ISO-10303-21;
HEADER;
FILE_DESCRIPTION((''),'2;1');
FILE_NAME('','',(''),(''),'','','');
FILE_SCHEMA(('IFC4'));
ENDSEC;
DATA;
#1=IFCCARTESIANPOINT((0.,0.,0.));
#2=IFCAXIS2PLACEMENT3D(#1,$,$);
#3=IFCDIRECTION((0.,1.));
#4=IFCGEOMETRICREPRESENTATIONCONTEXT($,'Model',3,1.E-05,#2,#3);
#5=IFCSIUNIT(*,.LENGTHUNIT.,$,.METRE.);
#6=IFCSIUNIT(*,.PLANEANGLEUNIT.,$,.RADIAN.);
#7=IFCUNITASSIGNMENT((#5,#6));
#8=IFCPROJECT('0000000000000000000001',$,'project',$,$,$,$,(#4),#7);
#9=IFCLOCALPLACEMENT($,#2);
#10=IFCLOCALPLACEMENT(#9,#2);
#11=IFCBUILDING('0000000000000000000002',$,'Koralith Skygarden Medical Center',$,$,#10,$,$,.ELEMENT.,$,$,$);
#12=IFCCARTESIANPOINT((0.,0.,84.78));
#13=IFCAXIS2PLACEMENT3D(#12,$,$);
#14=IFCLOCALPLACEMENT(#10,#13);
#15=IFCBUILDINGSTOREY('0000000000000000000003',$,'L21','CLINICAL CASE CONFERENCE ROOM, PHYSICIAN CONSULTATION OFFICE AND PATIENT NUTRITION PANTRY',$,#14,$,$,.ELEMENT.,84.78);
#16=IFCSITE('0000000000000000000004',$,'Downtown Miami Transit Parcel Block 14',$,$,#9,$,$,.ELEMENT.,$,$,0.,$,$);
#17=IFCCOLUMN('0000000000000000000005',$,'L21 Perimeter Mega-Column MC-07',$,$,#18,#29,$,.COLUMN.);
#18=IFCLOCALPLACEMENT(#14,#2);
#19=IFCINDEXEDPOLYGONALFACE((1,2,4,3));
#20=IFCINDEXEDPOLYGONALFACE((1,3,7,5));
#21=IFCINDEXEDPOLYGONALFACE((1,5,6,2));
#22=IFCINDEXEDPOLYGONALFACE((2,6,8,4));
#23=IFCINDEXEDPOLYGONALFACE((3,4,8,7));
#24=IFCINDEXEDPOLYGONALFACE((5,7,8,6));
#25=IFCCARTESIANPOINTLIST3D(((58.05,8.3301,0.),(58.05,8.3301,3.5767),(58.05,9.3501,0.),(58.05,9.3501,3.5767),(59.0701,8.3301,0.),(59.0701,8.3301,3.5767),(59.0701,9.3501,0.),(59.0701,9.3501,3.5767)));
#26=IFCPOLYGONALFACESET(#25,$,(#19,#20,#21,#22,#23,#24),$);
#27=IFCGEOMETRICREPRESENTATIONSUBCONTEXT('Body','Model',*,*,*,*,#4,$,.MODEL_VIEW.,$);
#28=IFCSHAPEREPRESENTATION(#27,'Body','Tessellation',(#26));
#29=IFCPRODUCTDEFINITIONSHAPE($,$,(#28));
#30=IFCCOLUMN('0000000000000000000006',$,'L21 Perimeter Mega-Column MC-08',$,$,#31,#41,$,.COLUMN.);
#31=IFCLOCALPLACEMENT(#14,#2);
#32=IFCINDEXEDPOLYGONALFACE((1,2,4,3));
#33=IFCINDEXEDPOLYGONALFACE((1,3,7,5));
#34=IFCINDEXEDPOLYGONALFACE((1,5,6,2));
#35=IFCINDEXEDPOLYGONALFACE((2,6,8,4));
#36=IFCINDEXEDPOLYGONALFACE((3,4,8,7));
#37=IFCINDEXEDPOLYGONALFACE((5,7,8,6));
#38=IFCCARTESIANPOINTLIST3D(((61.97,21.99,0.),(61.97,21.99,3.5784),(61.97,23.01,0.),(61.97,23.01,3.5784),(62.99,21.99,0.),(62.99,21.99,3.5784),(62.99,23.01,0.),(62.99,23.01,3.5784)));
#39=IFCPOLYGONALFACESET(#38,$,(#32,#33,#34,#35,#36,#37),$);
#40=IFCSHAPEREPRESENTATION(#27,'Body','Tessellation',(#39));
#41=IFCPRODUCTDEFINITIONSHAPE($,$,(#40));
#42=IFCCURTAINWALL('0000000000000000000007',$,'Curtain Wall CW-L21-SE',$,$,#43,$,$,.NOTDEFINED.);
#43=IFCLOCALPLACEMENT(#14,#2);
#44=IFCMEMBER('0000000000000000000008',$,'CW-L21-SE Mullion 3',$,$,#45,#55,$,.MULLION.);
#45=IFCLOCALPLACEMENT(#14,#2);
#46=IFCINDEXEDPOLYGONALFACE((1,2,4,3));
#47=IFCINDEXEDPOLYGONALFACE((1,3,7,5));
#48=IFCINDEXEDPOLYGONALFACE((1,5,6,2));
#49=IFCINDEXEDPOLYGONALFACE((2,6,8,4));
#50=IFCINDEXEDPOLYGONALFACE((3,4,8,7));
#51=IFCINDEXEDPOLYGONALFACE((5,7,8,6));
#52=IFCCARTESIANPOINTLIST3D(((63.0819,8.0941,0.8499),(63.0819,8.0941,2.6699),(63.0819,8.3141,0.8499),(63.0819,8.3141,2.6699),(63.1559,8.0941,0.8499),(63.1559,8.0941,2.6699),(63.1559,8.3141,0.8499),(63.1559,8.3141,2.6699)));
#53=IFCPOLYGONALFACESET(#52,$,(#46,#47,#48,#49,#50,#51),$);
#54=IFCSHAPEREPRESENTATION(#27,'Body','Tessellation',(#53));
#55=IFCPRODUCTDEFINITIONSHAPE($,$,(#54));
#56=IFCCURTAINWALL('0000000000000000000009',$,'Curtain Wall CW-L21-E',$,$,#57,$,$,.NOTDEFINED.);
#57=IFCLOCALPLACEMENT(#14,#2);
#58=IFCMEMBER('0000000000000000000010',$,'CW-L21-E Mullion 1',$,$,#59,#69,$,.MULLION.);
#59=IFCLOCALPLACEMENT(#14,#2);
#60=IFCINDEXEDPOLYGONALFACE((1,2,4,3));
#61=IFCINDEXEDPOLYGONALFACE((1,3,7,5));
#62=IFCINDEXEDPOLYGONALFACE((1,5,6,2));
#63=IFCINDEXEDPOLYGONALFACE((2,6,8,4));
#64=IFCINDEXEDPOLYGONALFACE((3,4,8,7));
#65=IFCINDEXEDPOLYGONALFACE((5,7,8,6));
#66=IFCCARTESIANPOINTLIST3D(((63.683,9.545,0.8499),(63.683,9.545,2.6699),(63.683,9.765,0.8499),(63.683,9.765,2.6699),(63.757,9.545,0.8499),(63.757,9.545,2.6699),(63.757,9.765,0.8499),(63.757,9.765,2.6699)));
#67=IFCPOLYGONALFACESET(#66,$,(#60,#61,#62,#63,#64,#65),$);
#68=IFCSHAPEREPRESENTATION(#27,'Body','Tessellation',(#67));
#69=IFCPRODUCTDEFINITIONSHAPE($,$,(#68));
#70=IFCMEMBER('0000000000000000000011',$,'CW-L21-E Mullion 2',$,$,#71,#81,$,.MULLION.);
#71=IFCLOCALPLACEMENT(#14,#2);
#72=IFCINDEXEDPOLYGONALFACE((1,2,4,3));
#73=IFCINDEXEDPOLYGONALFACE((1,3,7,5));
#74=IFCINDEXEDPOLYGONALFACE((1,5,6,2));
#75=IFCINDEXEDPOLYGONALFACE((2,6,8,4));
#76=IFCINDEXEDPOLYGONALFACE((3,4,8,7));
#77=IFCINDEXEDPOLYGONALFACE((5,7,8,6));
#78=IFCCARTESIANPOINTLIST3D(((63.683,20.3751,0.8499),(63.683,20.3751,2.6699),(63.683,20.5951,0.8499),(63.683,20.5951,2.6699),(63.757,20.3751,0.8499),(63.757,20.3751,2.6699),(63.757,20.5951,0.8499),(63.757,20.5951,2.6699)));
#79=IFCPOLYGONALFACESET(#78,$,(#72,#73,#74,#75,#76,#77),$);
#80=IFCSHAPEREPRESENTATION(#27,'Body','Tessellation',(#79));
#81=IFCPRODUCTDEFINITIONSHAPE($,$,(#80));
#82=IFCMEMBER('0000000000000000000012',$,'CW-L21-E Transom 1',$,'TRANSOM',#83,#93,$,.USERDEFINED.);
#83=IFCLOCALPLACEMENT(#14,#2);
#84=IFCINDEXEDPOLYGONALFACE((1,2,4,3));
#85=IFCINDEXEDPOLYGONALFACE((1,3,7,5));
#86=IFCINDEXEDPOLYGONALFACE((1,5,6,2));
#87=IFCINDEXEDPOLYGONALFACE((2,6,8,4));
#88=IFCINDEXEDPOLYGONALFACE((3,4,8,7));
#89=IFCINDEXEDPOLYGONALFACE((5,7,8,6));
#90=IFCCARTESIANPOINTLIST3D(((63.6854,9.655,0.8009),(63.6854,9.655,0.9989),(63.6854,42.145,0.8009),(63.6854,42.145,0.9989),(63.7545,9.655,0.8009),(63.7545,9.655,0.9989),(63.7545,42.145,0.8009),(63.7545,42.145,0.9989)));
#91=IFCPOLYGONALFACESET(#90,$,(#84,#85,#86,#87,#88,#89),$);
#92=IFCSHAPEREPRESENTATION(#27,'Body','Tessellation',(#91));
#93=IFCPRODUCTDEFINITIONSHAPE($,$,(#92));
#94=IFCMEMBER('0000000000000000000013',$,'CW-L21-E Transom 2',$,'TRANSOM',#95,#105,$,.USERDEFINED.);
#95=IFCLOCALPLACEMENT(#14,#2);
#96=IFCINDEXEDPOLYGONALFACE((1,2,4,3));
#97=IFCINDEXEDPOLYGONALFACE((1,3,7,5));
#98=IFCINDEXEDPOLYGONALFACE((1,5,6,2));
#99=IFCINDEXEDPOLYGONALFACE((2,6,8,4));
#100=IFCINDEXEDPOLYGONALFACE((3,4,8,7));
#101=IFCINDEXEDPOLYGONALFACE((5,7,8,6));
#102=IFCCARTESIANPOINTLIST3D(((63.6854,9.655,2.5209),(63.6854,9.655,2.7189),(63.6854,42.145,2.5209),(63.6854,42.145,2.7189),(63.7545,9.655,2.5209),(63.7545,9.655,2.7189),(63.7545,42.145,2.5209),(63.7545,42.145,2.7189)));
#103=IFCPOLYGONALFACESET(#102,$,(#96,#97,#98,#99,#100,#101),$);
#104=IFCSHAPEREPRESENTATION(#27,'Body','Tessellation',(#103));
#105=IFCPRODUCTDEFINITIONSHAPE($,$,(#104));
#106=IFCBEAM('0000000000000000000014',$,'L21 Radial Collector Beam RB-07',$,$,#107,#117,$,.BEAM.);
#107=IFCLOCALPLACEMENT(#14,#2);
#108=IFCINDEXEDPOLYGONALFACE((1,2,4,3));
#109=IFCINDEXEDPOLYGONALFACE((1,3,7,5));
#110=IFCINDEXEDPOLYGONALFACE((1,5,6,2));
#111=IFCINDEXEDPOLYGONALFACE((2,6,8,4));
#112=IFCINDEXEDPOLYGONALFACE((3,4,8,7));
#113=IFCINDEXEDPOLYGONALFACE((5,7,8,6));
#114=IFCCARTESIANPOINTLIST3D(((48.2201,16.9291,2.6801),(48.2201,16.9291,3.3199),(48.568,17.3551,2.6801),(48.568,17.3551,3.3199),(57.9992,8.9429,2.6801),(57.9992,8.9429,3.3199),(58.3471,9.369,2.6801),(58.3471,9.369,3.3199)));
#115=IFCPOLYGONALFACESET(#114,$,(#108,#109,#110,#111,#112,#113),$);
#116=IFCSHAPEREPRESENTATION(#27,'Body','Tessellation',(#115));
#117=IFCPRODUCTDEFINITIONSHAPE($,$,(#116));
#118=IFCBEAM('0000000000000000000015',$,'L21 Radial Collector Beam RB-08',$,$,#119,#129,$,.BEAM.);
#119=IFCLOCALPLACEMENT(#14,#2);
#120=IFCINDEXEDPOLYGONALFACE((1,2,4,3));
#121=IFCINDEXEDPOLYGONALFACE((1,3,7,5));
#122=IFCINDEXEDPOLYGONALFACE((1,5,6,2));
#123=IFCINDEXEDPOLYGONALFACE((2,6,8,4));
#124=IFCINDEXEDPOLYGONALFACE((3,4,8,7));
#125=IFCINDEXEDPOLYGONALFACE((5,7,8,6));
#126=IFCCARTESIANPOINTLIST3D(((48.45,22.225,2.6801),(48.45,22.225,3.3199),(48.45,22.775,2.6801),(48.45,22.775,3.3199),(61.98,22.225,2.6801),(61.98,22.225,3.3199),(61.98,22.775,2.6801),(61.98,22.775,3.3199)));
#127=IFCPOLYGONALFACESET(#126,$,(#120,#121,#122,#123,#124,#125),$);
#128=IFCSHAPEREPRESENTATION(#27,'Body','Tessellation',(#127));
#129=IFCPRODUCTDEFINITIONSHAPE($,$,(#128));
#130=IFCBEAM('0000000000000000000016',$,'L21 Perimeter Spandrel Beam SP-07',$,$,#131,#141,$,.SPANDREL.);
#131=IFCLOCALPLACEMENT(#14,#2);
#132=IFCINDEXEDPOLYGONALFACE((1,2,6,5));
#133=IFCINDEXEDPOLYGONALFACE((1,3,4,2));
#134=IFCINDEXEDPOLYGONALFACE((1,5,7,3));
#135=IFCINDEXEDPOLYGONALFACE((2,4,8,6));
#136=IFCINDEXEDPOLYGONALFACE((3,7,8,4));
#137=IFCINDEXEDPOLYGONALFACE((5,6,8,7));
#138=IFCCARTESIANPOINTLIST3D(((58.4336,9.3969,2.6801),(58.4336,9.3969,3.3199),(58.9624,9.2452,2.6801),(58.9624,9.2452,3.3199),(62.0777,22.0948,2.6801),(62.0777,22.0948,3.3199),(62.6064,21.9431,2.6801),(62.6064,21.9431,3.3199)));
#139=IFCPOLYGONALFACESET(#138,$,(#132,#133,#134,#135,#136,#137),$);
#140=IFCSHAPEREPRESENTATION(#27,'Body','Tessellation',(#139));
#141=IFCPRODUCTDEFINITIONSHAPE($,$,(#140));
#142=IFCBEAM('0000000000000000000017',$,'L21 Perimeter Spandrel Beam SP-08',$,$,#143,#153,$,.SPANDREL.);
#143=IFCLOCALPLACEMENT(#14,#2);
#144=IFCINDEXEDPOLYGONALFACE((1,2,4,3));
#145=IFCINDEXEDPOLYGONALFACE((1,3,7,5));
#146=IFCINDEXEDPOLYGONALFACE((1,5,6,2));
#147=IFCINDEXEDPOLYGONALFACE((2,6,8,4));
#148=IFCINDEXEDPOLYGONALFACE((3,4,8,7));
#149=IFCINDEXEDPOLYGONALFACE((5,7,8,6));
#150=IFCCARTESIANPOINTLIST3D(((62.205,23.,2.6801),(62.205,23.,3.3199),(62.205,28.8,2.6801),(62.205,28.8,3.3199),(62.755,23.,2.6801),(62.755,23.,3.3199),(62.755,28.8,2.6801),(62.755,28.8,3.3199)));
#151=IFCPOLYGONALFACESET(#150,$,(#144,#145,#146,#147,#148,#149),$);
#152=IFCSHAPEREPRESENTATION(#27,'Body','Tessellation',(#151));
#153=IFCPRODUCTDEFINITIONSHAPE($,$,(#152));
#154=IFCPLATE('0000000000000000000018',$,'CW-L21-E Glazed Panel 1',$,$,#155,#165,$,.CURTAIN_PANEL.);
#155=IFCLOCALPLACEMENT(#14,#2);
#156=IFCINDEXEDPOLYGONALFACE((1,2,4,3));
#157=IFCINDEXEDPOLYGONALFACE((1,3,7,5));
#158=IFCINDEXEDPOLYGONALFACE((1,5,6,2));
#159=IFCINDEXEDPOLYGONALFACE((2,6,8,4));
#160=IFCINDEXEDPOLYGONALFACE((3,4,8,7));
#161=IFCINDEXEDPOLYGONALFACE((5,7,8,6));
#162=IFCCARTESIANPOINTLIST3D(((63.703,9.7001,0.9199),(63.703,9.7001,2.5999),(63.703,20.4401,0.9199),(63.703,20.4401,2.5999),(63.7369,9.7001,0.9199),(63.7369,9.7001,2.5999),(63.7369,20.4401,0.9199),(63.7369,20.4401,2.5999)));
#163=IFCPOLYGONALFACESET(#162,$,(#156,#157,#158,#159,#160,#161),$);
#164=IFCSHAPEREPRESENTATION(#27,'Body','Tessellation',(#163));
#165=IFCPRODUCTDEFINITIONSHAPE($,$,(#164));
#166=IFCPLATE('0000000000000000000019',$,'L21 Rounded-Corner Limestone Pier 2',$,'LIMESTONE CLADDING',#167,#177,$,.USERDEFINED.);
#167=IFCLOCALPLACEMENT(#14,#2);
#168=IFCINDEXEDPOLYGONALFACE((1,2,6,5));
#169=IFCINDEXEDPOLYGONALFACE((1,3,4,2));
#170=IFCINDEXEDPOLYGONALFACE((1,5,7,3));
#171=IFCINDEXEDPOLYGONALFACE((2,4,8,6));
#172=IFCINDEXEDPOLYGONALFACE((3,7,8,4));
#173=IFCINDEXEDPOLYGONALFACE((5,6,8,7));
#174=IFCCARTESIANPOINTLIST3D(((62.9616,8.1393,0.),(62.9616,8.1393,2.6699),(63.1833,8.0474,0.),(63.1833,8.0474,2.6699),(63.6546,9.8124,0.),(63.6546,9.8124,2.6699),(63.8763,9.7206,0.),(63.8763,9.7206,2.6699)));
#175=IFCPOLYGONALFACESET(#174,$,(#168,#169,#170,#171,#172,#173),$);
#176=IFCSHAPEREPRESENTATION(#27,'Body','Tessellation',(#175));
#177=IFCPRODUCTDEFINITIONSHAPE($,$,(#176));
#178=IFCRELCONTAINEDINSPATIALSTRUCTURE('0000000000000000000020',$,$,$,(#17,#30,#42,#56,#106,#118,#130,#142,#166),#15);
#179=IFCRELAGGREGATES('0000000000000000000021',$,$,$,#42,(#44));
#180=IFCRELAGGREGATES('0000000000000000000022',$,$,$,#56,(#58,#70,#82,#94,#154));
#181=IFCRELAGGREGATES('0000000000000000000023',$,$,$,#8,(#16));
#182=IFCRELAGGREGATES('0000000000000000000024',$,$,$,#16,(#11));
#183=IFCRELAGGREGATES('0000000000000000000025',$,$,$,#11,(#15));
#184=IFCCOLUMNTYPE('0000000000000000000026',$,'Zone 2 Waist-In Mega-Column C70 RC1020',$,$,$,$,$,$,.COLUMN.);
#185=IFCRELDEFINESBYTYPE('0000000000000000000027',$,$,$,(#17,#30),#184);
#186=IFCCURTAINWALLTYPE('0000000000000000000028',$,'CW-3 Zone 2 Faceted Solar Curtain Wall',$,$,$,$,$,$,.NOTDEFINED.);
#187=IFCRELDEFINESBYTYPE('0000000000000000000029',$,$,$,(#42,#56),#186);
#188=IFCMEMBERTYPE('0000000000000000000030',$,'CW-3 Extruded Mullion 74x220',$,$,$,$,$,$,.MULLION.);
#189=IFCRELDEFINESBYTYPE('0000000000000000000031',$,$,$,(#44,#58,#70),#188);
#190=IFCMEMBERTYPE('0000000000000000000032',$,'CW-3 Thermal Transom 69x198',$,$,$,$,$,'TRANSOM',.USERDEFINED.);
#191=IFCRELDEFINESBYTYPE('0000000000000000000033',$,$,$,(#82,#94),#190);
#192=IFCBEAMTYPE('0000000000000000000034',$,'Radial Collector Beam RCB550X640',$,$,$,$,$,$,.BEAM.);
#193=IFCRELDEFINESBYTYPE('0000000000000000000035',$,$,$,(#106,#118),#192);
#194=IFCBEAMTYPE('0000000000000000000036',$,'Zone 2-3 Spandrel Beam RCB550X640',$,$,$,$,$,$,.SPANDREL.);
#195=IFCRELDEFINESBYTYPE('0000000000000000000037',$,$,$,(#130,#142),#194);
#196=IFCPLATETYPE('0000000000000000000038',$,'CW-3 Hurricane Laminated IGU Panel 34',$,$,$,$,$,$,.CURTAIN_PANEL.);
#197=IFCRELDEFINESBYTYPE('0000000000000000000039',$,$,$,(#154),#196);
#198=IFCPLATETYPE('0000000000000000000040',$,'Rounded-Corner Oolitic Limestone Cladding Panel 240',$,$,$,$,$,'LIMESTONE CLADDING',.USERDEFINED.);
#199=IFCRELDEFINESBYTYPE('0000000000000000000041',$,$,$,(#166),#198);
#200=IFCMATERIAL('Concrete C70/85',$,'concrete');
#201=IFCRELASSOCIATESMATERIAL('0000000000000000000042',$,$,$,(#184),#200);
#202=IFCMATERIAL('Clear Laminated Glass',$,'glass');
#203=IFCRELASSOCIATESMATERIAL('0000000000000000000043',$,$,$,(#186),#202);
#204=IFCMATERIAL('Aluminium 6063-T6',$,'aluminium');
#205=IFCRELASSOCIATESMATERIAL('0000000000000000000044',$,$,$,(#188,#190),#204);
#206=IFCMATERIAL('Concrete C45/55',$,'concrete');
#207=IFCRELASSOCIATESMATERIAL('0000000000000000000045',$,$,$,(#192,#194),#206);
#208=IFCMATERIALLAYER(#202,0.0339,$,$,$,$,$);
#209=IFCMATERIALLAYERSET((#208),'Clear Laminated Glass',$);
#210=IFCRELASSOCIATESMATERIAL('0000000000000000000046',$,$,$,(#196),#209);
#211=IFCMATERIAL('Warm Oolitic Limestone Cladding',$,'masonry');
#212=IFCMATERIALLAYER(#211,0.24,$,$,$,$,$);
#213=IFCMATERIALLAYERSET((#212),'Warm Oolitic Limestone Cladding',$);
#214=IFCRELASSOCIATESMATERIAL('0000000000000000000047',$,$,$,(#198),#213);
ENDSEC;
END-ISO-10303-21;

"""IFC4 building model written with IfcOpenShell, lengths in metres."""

from ifc_helpers import new_model, si_unit, direction, frame, origin, origin_2d, place, context, subcontext, project, spatial, rectangle, extrude, material, layer, layer_set, material_profile, profile_set, type_object, element, aggregate, save


model = new_model("IFC4")

# Units and contexts
model_context = context("Model", 3, precision=1e-05, world=origin(), true_north=direction((0.0, 1.0)))
body_context = subcontext(model_context, "Body", "Model", "MODEL_VIEW")
ifc_project = project(units=[si_unit("LENGTHUNIT", "METRE"), si_unit("PLANEANGLEUNIT", "RADIAN")], contexts=[model_context])

# Site, building, storey
site_placement = place(None, origin())
site = spatial("IfcSite", under=ifc_project, at=site_placement, Name="Downtown Miami Transit Parcel Block 14", CompositionType="ELEMENT", RefElevation=0.0)
building_placement = place(site_placement, origin())
building = spatial("IfcBuilding", under=site, at=building_placement, Name="Koralith Skygarden Medical Center", CompositionType="ELEMENT")
storey_placement = place(building_placement, frame((0.0, 0.0, 84.78)))
storey = spatial("IfcBuildingStorey", under=building, at=storey_placement, Name="L21", Description="CLINICAL CASE CONFERENCE ROOM, PHYSICIAN CONSULTATION OFFICE AND PATIENT NUTRITION PANTRY", CompositionType="ELEMENT", Elevation=84.78)

# Columns
ifc_material_1 = material(Name="Concrete C70/85", Category="concrete")
ifc_material_profile_1 = material_profile(ifc_material_1, rectangle(XDim=1.02, YDim=1.02, at=origin_2d()), Name="RC1020X1020")
ifc_profile_set_1 = profile_set([ifc_material_profile_1], Name="Concrete C70/85")
column_type = type_object("IfcColumnType", Name="Zone 2 Waist-In Mega-Column C70 RC1020", PredefinedType="COLUMN", material=ifc_profile_set_1)
column_1_placement = place(storey_placement, frame((58.5601, 8.8401, 0.0), z_axis=(0.0, 0.0, 1.0), x_axis=(1.0, 0.0, 0.0)))
element("IfcColumn", 1, at=column_1_placement, inside=storey, type_object=column_type, Name="L21 Perimeter Mega-Column MC-07", PredefinedType="COLUMN", context=body_context, shape_type="SweptSolid", body=[
    extrude(rectangle(XDim=1.02, YDim=1.02, at=origin_2d()), origin(), (0.0, 0.0, 1.0), 3.5767),
])
column_2_placement = place(storey_placement, frame((62.48, 22.5, 0.0), z_axis=(0.0, 0.0, 1.0), x_axis=(1.0, 0.0, 0.0)))
element("IfcColumn", 2, at=column_2_placement, inside=storey, type_object=column_type, Name="L21 Perimeter Mega-Column MC-08", PredefinedType="COLUMN", context=body_context, shape_type="SweptSolid", body=[
    extrude(rectangle(XDim=1.02, YDim=1.02, at=origin_2d()), origin(), (0.0, 0.0, 1.0), 3.5784),
])

# Curtain wall, member
ifc_material_2 = material(Name="Clear Laminated Glass", Category="glass")
curtain_wall_type = type_object("IfcCurtainWallType", Name="CW-3 Zone 2 Faceted Solar Curtain Wall", PredefinedType="NOTDEFINED", material=ifc_material_2)
curtain_wall_1_placement = place(storey_placement, origin())
curtain_wall_1 = element("IfcCurtainWall", 3, at=curtain_wall_1_placement, inside=storey, type_object=curtain_wall_type, Name="Curtain Wall CW-L21-SE", PredefinedType="NOTDEFINED")
ifc_material_3 = material(Name="Aluminium 6063-T6", Category="aluminium")
ifc_material_profile_2 = material_profile(ifc_material_3, rectangle(XDim=0.074, YDim=0.22, at=origin_2d()), Name="MUL74X220")
ifc_profile_set_2 = profile_set([ifc_material_profile_2], Name="Aluminium 6063-T6")
member_type_1 = type_object("IfcMemberType", Name="CW-3 Extruded Mullion 74x220", PredefinedType="MULLION", material=ifc_profile_set_2)
member_1_placement = place(storey_placement, frame((63.1189, 8.2041, 0.8499), z_axis=(0.0, 0.0, 1.0), x_axis=(1.0, 0.0, 0.0)))
member_1 = element("IfcMember", 4, at=member_1_placement, type_object=member_type_1, Name="CW-L21-SE Mullion 3", PredefinedType="MULLION", context=body_context, shape_type="SweptSolid", body=[
    extrude(rectangle(XDim=0.074, YDim=0.22, at=origin_2d()), origin(), (0.0, 0.0, 1.0), 1.8201),
])
aggregate(curtain_wall_1, [member_1])

# Curtain wall, members
curtain_wall_2_placement = place(storey_placement, origin())
curtain_wall_2 = element("IfcCurtainWall", 5, at=curtain_wall_2_placement, inside=storey, type_object=curtain_wall_type, Name="Curtain Wall CW-L21-E", PredefinedType="NOTDEFINED")
member_2_placement = place(storey_placement, frame((63.72, 9.655, 0.8499), z_axis=(0.0, 0.0, 1.0), x_axis=(1.0, 0.0, 0.0)))
member_2 = element("IfcMember", 6, at=member_2_placement, type_object=member_type_1, Name="CW-L21-E Mullion 1", PredefinedType="MULLION", context=body_context, shape_type="SweptSolid", body=[
    extrude(rectangle(XDim=0.074, YDim=0.22, at=origin_2d()), origin(), (0.0, 0.0, 1.0), 1.8201),
])
member_3_placement = place(storey_placement, frame((63.72, 20.4851, 0.8499), z_axis=(0.0, 0.0, 1.0), x_axis=(1.0, 0.0, 0.0)))
member_3 = element("IfcMember", 7, at=member_3_placement, type_object=member_type_1, Name="CW-L21-E Mullion 2", PredefinedType="MULLION", context=body_context, shape_type="SweptSolid", body=[
    extrude(rectangle(XDim=0.074, YDim=0.22, at=origin_2d()), origin(), (0.0, 0.0, 1.0), 1.8201),
])
ifc_material_profile_3 = material_profile(ifc_material_3, rectangle(XDim=0.0691, YDim=0.198, at=origin_2d()), Name="TRN69X198")
ifc_profile_set_3 = profile_set([ifc_material_profile_3], Name="Aluminium 6063-T6")
member_type_2 = type_object("IfcMemberType", Name="CW-3 Thermal Transom 69x198", ElementType="TRANSOM", PredefinedType="USERDEFINED", material=ifc_profile_set_3)
member_4_placement = place(storey_placement, frame((63.72, 9.655, 0.8999), z_axis=(0.0, 1.0, 0.0), x_axis=(-1.0, 0.0, 0.0)))
member_4 = element("IfcMember", 8, at=member_4_placement, type_object=member_type_2, Name="CW-L21-E Transom 1", ObjectType="TRANSOM", PredefinedType="USERDEFINED", context=body_context, shape_type="SweptSolid", body=[
    extrude(rectangle(XDim=0.0691, YDim=0.198, at=origin_2d()), origin(), (0.0, 0.0, 1.0), 32.49),
])
member_5_placement = place(storey_placement, frame((63.72, 9.655, 2.6199), z_axis=(0.0, 1.0, 0.0), x_axis=(-1.0, 0.0, 0.0)))
member_5 = element("IfcMember", 9, at=member_5_placement, type_object=member_type_2, Name="CW-L21-E Transom 2", ObjectType="TRANSOM", PredefinedType="USERDEFINED", context=body_context, shape_type="SweptSolid", body=[
    extrude(rectangle(XDim=0.0691, YDim=0.198, at=origin_2d()), origin(), (0.0, 0.0, 1.0), 32.49),
])

# Beams
ifc_material_4 = material(Name="Concrete C45/55", Category="concrete")
ifc_material_profile_4 = material_profile(ifc_material_4, rectangle(XDim=0.55, YDim=0.6399, at=origin_2d()), Name="RCB550X640")
ifc_profile_set_4 = profile_set([ifc_material_profile_4], Name="Concrete C45/55")
beam_type_1 = type_object("IfcBeamType", Name="Radial Collector Beam RCB550X640", PredefinedType="BEAM", material=ifc_profile_set_4)
beam_1_placement = place(storey_placement, frame((48.394, 17.1421, 3.0), z_axis=(0.774538, -0.632528, 0.0), x_axis=(0.632528, 0.774538, 0.0)))
element("IfcBeam", 10, at=beam_1_placement, inside=storey, type_object=beam_type_1, Name="L21 Radial Collector Beam RB-07", PredefinedType="BEAM", context=body_context, shape_type="SweptSolid", body=[
    extrude(rectangle(XDim=0.55, YDim=0.6399, at=origin_2d()), origin(), (0.0, 0.0, 1.0), 12.6257),
])
beam_2_placement = place(storey_placement, frame((48.45, 22.5, 3.0), z_axis=(1.0, 0.0, 0.0), x_axis=(0.0, 1.0, 0.0)))
element("IfcBeam", 11, at=beam_2_placement, inside=storey, type_object=beam_type_1, Name="L21 Radial Collector Beam RB-08", PredefinedType="BEAM", context=body_context, shape_type="SweptSolid", body=[
    extrude(rectangle(XDim=0.55, YDim=0.6399, at=origin_2d()), origin(), (0.0, 0.0, 1.0), 13.53),
])
ifc_material_profile_5 = material_profile(ifc_material_4, rectangle(XDim=0.55, YDim=0.6399, at=origin_2d()), Name="RCB550X640")
ifc_profile_set_5 = profile_set([ifc_material_profile_5], Name="Concrete C45/55")
beam_type_2 = type_object("IfcBeamType", Name="Zone 2-3 Spandrel Beam RCB550X640", PredefinedType="SPANDREL", material=ifc_profile_set_5)
beam_3_placement = place(storey_placement, frame((58.698, 9.321, 3.0), z_axis=(0.275844, 0.961202, 0.0), x_axis=(-0.961202, 0.275844, 0.0)))
element("IfcBeam", 12, at=beam_3_placement, inside=storey, type_object=beam_type_2, Name="L21 Perimeter Spandrel Beam SP-07", PredefinedType="SPANDREL", context=body_context, shape_type="SweptSolid", body=[
    extrude(rectangle(XDim=0.55, YDim=0.6399, at=origin_2d()), origin(), (0.0, 0.0, 1.0), 13.2104),
])
beam_4_placement = place(storey_placement, frame((62.48, 23.0, 3.0), z_axis=(0.0, 1.0, 0.0), x_axis=(-1.0, 0.0, 0.0)))
element("IfcBeam", 13, at=beam_4_placement, inside=storey, type_object=beam_type_2, Name="L21 Perimeter Spandrel Beam SP-08", PredefinedType="SPANDREL", context=body_context, shape_type="SweptSolid", body=[
    extrude(rectangle(XDim=0.55, YDim=0.6399, at=origin_2d()), origin(), (0.0, 0.0, 1.0), 5.8),
])

# Plates
ifc_layer_1 = layer(ifc_material_2, 0.0339)
ifc_layer_set_1 = layer_set([ifc_layer_1], Name="Clear Laminated Glass")
plate_type_1 = type_object("IfcPlateType", Name="CW-3 Hurricane Laminated IGU Panel 34", PredefinedType="CURTAIN_PANEL", material=ifc_layer_set_1)
plate_1_placement = place(storey_placement, frame((63.72, 15.0701, 0.9199), z_axis=(0.0, 0.0, 1.0), x_axis=(0.0, 1.0, 0.0)))
plate_1 = element("IfcPlate", 14, at=plate_1_placement, type_object=plate_type_1, Name="CW-L21-E Glazed Panel 1", PredefinedType="CURTAIN_PANEL", context=body_context, shape_type="SweptSolid", body=[
    extrude(rectangle(XDim=10.74, YDim=0.0339, at=origin_2d()), origin(), (0.0, 0.0, 1.0), 1.6799),
])
aggregate(curtain_wall_2, [member_2, member_3, member_4, member_5, plate_1])
ifc_material_5 = material(Name="Warm Oolitic Limestone Cladding", Category="masonry")
ifc_layer_2 = layer(ifc_material_5, 0.24)
ifc_layer_set_2 = layer_set([ifc_layer_2], Name="Warm Oolitic Limestone Cladding")
plate_type_2 = type_object("IfcPlateType", Name="Rounded-Corner Oolitic Limestone Cladding Panel 240", ElementType="LIMESTONE CLADDING", PredefinedType="USERDEFINED", material=ifc_layer_set_2)
plate_2_placement = place(storey_placement, frame((63.4189, 8.9299, 0.0), z_axis=(0.0, 0.0, 1.0), x_axis=(0.382671, 0.923885, 0.0)))
element("IfcPlate", 15, at=plate_2_placement, inside=storey, type_object=plate_type_2, Name="L21 Rounded-Corner Limestone Pier 2", ObjectType="LIMESTONE CLADDING", PredefinedType="USERDEFINED", context=body_context, shape_type="SweptSolid", body=[
    extrude(rectangle(XDim=1.811, YDim=0.24, at=origin_2d()), origin(), (0.0, 0.0, 1.0), 2.6699),
])

save(model, "model.ifc")
